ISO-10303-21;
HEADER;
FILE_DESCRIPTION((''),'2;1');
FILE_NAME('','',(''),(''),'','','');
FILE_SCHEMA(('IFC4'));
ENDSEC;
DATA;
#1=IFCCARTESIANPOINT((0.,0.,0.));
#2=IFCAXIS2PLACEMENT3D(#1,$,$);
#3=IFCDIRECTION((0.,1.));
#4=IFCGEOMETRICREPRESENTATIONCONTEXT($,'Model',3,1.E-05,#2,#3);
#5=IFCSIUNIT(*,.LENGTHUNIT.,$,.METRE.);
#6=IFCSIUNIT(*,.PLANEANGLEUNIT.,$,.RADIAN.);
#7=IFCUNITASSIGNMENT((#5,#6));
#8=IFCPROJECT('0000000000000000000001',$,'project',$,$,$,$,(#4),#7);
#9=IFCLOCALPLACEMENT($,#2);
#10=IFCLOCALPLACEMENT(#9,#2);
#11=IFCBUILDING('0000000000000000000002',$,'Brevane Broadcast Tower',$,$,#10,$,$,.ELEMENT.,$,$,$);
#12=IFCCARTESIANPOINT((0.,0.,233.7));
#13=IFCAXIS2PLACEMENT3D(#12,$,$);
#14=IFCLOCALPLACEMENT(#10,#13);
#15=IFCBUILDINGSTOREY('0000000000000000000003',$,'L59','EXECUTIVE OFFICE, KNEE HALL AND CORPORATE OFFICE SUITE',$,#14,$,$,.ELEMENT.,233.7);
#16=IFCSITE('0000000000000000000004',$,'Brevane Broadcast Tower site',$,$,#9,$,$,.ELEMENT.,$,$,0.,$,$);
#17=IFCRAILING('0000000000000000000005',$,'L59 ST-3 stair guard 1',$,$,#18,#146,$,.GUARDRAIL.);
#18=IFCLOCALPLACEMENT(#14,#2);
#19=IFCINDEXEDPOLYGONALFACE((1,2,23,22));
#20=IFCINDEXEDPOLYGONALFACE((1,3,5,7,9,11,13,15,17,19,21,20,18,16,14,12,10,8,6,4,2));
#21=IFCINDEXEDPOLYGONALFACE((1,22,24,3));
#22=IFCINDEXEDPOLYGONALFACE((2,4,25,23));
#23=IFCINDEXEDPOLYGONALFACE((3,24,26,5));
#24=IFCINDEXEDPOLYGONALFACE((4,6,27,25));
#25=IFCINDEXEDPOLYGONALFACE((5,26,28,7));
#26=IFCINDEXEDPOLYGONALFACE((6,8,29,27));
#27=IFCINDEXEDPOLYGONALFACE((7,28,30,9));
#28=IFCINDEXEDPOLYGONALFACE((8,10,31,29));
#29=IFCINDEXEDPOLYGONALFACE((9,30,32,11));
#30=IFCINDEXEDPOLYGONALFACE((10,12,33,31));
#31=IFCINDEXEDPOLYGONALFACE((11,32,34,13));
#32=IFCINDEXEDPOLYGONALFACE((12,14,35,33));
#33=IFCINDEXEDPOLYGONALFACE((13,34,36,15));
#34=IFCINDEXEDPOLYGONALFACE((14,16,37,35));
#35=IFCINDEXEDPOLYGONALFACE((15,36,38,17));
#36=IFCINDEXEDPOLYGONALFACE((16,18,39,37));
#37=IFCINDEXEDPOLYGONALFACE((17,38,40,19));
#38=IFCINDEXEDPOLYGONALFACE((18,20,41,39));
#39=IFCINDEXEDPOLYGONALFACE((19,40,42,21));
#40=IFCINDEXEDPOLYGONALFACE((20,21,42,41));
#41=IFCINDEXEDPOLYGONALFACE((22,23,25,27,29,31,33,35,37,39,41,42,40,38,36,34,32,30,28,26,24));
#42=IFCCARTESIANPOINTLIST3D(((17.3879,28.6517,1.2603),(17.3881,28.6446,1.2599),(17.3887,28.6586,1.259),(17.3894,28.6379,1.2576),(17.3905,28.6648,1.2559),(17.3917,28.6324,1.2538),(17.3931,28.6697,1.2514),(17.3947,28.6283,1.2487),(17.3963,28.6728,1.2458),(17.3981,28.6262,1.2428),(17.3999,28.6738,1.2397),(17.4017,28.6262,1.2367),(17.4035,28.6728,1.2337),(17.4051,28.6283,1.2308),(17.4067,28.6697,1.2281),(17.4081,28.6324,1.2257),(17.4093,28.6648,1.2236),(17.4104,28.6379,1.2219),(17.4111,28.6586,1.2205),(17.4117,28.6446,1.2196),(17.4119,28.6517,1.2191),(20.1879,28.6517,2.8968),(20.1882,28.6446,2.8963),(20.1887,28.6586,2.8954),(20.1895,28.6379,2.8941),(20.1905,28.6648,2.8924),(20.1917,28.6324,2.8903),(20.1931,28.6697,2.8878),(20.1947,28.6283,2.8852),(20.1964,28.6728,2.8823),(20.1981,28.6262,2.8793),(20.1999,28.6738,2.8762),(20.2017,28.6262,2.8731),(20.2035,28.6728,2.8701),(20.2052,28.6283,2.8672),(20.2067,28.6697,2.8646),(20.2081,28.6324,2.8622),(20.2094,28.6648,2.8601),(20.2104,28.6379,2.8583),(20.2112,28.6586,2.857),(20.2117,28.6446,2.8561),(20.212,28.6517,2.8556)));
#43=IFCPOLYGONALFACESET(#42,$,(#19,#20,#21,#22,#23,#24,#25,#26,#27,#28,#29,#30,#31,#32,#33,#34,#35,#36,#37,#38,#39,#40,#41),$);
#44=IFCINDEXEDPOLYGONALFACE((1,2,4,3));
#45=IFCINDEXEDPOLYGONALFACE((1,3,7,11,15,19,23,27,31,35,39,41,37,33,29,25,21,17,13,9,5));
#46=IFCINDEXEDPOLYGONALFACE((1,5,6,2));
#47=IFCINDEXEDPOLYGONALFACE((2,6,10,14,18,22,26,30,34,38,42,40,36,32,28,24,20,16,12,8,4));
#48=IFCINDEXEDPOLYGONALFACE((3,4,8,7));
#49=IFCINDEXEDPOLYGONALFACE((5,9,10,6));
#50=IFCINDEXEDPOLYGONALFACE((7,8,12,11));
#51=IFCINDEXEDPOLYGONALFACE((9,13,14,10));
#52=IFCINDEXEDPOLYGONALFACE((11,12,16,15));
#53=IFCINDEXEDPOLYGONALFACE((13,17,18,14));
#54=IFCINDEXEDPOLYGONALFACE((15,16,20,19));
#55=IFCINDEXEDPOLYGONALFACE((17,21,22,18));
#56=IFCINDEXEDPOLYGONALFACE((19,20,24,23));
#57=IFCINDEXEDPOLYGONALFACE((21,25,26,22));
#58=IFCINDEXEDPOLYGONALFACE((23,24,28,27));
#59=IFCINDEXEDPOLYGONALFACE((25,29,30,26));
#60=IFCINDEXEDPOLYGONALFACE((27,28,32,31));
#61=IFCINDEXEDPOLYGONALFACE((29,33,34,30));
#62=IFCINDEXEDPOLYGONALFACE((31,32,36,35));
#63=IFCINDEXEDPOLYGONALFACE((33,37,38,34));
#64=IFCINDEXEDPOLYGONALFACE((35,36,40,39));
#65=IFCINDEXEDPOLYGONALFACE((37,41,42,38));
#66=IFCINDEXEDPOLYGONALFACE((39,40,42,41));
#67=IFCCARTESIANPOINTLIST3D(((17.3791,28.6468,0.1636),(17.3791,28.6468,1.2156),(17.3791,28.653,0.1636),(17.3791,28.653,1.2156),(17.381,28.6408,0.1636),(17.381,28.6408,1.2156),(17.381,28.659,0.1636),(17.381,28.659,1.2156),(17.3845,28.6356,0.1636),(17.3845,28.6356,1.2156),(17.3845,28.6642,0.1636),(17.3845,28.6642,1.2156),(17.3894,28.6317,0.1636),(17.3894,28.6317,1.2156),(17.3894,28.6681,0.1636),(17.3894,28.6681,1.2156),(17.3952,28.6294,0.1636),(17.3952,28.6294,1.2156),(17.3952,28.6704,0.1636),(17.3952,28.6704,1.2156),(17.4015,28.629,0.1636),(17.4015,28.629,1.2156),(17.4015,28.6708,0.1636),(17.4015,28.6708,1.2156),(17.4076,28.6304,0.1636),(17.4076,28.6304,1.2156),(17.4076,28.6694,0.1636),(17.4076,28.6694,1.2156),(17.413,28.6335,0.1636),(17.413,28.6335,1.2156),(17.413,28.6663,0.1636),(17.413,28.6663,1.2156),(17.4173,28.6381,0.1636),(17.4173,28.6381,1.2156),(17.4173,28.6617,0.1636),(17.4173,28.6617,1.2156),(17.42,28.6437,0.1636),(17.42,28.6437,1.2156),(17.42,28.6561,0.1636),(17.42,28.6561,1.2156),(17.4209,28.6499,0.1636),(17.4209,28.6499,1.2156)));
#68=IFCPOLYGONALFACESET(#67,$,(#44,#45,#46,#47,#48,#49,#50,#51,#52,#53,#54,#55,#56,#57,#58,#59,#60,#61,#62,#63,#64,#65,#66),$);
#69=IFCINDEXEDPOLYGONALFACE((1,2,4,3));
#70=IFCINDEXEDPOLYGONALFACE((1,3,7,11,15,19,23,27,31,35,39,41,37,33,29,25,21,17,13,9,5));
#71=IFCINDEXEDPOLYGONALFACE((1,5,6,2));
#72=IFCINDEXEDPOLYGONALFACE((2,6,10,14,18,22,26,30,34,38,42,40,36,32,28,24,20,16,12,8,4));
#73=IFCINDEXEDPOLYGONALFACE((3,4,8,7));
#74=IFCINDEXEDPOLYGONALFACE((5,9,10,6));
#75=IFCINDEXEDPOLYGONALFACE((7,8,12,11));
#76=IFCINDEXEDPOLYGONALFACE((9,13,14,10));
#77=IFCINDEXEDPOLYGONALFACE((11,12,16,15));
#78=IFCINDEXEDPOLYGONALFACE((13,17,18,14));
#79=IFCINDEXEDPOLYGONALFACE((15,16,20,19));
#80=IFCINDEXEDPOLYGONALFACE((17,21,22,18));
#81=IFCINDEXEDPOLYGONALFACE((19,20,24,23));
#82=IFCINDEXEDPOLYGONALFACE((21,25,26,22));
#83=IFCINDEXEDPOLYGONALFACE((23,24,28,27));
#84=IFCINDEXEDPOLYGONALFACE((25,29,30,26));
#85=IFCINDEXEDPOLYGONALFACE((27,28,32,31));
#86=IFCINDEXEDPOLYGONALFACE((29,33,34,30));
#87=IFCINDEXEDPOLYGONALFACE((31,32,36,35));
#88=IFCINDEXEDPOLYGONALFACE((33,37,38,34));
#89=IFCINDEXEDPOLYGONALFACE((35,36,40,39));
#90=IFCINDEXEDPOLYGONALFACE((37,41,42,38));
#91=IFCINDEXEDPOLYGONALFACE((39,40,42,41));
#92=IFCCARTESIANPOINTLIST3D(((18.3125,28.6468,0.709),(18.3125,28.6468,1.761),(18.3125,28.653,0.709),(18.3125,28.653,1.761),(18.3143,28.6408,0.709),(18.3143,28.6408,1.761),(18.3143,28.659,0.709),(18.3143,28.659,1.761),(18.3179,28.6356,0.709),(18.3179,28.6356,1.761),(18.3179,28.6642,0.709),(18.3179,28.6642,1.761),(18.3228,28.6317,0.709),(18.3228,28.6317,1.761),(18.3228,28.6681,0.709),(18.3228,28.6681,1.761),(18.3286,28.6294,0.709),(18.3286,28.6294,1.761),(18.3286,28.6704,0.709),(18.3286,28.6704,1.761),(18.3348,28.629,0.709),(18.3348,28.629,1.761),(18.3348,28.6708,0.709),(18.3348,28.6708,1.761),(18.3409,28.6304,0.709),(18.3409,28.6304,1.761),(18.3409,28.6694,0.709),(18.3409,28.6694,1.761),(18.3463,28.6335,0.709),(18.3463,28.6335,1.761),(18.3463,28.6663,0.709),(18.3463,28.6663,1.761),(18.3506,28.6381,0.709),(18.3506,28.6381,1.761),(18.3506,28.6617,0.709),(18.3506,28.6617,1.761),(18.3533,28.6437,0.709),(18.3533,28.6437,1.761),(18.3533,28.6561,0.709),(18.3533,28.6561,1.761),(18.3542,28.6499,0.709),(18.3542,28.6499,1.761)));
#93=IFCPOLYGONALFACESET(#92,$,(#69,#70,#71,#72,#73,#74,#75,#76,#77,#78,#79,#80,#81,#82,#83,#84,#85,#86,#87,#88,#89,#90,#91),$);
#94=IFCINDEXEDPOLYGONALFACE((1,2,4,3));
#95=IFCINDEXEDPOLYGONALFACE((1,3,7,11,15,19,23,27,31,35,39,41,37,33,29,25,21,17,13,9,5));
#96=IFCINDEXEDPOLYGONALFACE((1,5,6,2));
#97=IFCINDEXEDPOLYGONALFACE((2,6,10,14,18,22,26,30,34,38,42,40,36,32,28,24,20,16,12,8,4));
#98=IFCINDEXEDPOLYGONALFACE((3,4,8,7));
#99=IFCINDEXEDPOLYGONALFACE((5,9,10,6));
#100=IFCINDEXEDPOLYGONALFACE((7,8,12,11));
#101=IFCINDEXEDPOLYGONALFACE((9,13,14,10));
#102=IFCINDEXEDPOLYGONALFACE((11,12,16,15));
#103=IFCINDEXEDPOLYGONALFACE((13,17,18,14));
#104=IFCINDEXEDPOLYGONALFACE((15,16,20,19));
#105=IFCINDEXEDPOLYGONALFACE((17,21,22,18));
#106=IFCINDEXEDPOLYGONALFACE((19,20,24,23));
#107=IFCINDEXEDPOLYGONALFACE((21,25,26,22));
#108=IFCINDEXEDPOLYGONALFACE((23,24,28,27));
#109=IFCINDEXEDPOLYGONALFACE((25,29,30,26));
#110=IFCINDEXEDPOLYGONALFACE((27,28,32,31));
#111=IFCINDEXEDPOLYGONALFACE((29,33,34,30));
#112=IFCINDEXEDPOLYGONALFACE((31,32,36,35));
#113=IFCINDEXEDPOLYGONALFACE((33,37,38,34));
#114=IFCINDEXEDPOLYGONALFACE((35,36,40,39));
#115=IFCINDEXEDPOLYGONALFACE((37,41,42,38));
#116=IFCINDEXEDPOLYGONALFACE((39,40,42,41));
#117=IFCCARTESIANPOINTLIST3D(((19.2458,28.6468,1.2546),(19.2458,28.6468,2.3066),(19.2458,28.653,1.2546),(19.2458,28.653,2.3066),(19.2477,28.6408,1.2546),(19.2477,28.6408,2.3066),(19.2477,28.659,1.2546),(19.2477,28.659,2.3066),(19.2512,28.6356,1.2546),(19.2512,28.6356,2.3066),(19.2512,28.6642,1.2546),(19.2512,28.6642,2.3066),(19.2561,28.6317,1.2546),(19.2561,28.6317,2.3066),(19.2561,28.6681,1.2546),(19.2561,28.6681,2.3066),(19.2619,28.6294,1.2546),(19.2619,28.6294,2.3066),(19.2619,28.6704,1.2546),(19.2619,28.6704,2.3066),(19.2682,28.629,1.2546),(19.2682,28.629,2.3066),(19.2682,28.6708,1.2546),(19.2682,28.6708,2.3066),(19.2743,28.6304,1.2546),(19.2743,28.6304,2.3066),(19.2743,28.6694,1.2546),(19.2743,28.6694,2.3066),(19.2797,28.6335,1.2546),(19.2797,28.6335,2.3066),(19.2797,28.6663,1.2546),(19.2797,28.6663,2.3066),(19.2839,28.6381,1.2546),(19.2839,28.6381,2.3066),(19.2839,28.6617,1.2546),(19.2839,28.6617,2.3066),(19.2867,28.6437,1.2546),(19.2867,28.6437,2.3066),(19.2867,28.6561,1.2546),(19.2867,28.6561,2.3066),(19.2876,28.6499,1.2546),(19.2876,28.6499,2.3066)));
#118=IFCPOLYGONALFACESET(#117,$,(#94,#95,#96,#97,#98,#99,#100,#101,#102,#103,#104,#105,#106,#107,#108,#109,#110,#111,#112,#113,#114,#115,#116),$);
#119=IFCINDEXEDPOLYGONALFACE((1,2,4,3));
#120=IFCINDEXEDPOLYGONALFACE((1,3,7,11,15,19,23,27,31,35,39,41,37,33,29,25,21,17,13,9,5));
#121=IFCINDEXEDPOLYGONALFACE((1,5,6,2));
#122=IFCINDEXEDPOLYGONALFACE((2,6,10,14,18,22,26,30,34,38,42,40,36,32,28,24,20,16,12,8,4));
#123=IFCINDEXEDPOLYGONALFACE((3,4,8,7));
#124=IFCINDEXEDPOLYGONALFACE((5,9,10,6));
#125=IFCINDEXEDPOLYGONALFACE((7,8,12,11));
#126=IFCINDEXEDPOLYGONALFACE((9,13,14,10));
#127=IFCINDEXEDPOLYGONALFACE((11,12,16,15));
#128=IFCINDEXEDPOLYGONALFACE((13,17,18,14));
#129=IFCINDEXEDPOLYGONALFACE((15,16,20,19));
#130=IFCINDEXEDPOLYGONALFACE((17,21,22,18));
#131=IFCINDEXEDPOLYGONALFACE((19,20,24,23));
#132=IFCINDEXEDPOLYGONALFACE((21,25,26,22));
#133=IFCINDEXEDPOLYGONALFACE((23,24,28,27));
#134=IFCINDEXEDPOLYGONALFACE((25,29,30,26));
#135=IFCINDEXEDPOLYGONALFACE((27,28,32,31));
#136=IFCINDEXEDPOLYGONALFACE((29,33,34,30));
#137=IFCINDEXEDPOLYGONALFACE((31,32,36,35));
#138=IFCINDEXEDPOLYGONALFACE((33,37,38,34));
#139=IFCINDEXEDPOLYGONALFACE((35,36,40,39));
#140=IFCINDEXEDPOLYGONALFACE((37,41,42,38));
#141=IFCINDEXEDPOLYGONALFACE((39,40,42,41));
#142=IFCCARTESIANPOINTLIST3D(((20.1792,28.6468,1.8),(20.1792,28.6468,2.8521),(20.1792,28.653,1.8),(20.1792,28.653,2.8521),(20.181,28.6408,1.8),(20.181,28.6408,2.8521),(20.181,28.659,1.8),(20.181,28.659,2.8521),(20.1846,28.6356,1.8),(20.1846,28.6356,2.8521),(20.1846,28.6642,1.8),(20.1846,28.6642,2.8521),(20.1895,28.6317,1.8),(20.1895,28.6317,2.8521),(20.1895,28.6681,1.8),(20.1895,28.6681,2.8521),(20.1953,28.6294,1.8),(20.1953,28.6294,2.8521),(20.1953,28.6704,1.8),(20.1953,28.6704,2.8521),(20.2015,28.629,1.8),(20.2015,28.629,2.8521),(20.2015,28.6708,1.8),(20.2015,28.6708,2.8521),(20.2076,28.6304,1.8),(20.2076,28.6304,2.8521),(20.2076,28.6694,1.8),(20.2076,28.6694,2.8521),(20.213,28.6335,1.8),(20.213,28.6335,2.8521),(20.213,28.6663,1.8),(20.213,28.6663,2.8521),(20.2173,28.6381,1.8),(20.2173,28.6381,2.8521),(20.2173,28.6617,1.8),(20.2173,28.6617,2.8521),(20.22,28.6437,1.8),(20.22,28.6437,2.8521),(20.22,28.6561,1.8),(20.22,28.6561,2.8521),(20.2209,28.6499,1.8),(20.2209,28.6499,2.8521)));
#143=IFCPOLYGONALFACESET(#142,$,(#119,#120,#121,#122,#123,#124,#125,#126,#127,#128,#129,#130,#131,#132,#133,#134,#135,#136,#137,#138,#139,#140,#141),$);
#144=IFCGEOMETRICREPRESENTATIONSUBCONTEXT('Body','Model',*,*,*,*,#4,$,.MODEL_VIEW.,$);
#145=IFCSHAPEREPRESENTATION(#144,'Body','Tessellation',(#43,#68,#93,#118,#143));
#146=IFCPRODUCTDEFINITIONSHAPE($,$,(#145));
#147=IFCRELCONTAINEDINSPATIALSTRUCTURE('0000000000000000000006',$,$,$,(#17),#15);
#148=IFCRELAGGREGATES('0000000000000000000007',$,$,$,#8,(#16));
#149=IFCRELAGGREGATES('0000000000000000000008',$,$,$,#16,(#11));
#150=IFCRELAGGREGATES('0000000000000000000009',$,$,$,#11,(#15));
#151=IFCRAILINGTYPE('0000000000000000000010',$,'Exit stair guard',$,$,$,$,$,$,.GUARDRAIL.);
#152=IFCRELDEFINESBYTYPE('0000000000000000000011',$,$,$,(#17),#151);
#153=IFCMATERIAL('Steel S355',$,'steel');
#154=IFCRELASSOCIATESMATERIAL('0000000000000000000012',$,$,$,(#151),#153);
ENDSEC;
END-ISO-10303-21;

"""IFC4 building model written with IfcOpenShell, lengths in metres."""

from ifc_helpers import new_model, si_unit, direction, frame, origin, origin_2d, place, context, subcontext, project, spatial, circle, extrude, material, type_object, element, save


model = new_model("IFC4")

# Units and contexts
model_context = context("Model", 3, precision=1e-05, world=origin(), true_north=direction((0.0, 1.0)))
body_context = subcontext(model_context, "Body", "Model", "MODEL_VIEW")
ifc_project = project(units=[si_unit("LENGTHUNIT", "METRE"), si_unit("PLANEANGLEUNIT", "RADIAN")], contexts=[model_context])

# Site, building, storey
site_placement = place(None, origin())
site = spatial("IfcSite", under=ifc_project, at=site_placement, Name="Brevane Broadcast Tower site", CompositionType="ELEMENT", RefElevation=0.0)
building_placement = place(site_placement, origin())
building = spatial("IfcBuilding", under=site, at=building_placement, Name="Brevane Broadcast Tower", CompositionType="ELEMENT")
storey_placement = place(building_placement, frame((0.0, 0.0, 233.7)))
storey = spatial("IfcBuildingStorey", under=building, at=storey_placement, Name="L59", Description="EXECUTIVE OFFICE, KNEE HALL AND CORPORATE OFFICE SUITE", CompositionType="ELEMENT", Elevation=233.7)

# Railing
ifc_material_1 = material(Name="Steel S355", Category="steel")
railing_type_1 = type_object("IfcRailingType", Name="Exit stair guard", PredefinedType="GUARDRAIL", material=ifc_material_1)
railing_1_placement = place(storey_placement, frame((17.3999, 28.6499, 0.1636)))
element("IfcRailing", 1, at=railing_1_placement, inside=storey, type_object=railing_type_1, Name="L59 ST-3 stair guard 1", PredefinedType="GUARDRAIL", context=body_context, shape_type="SweptSolid", body=[
    extrude(circle(Radius=0.0239, at=origin_2d()), frame((0.0, 0.0, 1.0762), z_axis=(0.863361, 0.0, 0.504587), x_axis=(0.0, 1.0, 0.0)), (0.0, 0.0, 1.0), 3.2432),
    extrude(circle(Radius=0.021, at=origin_2d()), origin(), (0.0, 0.0, 1.0), 1.052),
    extrude(circle(Radius=0.021, at=origin_2d()), frame((0.9333, 0.0, 0.5454)), (0.0, 0.0, 1.0), 1.052),
    extrude(circle(Radius=0.021, at=origin_2d()), frame((1.8667, 0.0, 1.0911)), (0.0, 0.0, 1.0), 1.052),
    extrude(circle(Radius=0.021, at=origin_2d()), frame((2.8, 0.0, 1.6365)), (0.0, 0.0, 1.0), 1.052),
])

save(model, "model.ifc")
